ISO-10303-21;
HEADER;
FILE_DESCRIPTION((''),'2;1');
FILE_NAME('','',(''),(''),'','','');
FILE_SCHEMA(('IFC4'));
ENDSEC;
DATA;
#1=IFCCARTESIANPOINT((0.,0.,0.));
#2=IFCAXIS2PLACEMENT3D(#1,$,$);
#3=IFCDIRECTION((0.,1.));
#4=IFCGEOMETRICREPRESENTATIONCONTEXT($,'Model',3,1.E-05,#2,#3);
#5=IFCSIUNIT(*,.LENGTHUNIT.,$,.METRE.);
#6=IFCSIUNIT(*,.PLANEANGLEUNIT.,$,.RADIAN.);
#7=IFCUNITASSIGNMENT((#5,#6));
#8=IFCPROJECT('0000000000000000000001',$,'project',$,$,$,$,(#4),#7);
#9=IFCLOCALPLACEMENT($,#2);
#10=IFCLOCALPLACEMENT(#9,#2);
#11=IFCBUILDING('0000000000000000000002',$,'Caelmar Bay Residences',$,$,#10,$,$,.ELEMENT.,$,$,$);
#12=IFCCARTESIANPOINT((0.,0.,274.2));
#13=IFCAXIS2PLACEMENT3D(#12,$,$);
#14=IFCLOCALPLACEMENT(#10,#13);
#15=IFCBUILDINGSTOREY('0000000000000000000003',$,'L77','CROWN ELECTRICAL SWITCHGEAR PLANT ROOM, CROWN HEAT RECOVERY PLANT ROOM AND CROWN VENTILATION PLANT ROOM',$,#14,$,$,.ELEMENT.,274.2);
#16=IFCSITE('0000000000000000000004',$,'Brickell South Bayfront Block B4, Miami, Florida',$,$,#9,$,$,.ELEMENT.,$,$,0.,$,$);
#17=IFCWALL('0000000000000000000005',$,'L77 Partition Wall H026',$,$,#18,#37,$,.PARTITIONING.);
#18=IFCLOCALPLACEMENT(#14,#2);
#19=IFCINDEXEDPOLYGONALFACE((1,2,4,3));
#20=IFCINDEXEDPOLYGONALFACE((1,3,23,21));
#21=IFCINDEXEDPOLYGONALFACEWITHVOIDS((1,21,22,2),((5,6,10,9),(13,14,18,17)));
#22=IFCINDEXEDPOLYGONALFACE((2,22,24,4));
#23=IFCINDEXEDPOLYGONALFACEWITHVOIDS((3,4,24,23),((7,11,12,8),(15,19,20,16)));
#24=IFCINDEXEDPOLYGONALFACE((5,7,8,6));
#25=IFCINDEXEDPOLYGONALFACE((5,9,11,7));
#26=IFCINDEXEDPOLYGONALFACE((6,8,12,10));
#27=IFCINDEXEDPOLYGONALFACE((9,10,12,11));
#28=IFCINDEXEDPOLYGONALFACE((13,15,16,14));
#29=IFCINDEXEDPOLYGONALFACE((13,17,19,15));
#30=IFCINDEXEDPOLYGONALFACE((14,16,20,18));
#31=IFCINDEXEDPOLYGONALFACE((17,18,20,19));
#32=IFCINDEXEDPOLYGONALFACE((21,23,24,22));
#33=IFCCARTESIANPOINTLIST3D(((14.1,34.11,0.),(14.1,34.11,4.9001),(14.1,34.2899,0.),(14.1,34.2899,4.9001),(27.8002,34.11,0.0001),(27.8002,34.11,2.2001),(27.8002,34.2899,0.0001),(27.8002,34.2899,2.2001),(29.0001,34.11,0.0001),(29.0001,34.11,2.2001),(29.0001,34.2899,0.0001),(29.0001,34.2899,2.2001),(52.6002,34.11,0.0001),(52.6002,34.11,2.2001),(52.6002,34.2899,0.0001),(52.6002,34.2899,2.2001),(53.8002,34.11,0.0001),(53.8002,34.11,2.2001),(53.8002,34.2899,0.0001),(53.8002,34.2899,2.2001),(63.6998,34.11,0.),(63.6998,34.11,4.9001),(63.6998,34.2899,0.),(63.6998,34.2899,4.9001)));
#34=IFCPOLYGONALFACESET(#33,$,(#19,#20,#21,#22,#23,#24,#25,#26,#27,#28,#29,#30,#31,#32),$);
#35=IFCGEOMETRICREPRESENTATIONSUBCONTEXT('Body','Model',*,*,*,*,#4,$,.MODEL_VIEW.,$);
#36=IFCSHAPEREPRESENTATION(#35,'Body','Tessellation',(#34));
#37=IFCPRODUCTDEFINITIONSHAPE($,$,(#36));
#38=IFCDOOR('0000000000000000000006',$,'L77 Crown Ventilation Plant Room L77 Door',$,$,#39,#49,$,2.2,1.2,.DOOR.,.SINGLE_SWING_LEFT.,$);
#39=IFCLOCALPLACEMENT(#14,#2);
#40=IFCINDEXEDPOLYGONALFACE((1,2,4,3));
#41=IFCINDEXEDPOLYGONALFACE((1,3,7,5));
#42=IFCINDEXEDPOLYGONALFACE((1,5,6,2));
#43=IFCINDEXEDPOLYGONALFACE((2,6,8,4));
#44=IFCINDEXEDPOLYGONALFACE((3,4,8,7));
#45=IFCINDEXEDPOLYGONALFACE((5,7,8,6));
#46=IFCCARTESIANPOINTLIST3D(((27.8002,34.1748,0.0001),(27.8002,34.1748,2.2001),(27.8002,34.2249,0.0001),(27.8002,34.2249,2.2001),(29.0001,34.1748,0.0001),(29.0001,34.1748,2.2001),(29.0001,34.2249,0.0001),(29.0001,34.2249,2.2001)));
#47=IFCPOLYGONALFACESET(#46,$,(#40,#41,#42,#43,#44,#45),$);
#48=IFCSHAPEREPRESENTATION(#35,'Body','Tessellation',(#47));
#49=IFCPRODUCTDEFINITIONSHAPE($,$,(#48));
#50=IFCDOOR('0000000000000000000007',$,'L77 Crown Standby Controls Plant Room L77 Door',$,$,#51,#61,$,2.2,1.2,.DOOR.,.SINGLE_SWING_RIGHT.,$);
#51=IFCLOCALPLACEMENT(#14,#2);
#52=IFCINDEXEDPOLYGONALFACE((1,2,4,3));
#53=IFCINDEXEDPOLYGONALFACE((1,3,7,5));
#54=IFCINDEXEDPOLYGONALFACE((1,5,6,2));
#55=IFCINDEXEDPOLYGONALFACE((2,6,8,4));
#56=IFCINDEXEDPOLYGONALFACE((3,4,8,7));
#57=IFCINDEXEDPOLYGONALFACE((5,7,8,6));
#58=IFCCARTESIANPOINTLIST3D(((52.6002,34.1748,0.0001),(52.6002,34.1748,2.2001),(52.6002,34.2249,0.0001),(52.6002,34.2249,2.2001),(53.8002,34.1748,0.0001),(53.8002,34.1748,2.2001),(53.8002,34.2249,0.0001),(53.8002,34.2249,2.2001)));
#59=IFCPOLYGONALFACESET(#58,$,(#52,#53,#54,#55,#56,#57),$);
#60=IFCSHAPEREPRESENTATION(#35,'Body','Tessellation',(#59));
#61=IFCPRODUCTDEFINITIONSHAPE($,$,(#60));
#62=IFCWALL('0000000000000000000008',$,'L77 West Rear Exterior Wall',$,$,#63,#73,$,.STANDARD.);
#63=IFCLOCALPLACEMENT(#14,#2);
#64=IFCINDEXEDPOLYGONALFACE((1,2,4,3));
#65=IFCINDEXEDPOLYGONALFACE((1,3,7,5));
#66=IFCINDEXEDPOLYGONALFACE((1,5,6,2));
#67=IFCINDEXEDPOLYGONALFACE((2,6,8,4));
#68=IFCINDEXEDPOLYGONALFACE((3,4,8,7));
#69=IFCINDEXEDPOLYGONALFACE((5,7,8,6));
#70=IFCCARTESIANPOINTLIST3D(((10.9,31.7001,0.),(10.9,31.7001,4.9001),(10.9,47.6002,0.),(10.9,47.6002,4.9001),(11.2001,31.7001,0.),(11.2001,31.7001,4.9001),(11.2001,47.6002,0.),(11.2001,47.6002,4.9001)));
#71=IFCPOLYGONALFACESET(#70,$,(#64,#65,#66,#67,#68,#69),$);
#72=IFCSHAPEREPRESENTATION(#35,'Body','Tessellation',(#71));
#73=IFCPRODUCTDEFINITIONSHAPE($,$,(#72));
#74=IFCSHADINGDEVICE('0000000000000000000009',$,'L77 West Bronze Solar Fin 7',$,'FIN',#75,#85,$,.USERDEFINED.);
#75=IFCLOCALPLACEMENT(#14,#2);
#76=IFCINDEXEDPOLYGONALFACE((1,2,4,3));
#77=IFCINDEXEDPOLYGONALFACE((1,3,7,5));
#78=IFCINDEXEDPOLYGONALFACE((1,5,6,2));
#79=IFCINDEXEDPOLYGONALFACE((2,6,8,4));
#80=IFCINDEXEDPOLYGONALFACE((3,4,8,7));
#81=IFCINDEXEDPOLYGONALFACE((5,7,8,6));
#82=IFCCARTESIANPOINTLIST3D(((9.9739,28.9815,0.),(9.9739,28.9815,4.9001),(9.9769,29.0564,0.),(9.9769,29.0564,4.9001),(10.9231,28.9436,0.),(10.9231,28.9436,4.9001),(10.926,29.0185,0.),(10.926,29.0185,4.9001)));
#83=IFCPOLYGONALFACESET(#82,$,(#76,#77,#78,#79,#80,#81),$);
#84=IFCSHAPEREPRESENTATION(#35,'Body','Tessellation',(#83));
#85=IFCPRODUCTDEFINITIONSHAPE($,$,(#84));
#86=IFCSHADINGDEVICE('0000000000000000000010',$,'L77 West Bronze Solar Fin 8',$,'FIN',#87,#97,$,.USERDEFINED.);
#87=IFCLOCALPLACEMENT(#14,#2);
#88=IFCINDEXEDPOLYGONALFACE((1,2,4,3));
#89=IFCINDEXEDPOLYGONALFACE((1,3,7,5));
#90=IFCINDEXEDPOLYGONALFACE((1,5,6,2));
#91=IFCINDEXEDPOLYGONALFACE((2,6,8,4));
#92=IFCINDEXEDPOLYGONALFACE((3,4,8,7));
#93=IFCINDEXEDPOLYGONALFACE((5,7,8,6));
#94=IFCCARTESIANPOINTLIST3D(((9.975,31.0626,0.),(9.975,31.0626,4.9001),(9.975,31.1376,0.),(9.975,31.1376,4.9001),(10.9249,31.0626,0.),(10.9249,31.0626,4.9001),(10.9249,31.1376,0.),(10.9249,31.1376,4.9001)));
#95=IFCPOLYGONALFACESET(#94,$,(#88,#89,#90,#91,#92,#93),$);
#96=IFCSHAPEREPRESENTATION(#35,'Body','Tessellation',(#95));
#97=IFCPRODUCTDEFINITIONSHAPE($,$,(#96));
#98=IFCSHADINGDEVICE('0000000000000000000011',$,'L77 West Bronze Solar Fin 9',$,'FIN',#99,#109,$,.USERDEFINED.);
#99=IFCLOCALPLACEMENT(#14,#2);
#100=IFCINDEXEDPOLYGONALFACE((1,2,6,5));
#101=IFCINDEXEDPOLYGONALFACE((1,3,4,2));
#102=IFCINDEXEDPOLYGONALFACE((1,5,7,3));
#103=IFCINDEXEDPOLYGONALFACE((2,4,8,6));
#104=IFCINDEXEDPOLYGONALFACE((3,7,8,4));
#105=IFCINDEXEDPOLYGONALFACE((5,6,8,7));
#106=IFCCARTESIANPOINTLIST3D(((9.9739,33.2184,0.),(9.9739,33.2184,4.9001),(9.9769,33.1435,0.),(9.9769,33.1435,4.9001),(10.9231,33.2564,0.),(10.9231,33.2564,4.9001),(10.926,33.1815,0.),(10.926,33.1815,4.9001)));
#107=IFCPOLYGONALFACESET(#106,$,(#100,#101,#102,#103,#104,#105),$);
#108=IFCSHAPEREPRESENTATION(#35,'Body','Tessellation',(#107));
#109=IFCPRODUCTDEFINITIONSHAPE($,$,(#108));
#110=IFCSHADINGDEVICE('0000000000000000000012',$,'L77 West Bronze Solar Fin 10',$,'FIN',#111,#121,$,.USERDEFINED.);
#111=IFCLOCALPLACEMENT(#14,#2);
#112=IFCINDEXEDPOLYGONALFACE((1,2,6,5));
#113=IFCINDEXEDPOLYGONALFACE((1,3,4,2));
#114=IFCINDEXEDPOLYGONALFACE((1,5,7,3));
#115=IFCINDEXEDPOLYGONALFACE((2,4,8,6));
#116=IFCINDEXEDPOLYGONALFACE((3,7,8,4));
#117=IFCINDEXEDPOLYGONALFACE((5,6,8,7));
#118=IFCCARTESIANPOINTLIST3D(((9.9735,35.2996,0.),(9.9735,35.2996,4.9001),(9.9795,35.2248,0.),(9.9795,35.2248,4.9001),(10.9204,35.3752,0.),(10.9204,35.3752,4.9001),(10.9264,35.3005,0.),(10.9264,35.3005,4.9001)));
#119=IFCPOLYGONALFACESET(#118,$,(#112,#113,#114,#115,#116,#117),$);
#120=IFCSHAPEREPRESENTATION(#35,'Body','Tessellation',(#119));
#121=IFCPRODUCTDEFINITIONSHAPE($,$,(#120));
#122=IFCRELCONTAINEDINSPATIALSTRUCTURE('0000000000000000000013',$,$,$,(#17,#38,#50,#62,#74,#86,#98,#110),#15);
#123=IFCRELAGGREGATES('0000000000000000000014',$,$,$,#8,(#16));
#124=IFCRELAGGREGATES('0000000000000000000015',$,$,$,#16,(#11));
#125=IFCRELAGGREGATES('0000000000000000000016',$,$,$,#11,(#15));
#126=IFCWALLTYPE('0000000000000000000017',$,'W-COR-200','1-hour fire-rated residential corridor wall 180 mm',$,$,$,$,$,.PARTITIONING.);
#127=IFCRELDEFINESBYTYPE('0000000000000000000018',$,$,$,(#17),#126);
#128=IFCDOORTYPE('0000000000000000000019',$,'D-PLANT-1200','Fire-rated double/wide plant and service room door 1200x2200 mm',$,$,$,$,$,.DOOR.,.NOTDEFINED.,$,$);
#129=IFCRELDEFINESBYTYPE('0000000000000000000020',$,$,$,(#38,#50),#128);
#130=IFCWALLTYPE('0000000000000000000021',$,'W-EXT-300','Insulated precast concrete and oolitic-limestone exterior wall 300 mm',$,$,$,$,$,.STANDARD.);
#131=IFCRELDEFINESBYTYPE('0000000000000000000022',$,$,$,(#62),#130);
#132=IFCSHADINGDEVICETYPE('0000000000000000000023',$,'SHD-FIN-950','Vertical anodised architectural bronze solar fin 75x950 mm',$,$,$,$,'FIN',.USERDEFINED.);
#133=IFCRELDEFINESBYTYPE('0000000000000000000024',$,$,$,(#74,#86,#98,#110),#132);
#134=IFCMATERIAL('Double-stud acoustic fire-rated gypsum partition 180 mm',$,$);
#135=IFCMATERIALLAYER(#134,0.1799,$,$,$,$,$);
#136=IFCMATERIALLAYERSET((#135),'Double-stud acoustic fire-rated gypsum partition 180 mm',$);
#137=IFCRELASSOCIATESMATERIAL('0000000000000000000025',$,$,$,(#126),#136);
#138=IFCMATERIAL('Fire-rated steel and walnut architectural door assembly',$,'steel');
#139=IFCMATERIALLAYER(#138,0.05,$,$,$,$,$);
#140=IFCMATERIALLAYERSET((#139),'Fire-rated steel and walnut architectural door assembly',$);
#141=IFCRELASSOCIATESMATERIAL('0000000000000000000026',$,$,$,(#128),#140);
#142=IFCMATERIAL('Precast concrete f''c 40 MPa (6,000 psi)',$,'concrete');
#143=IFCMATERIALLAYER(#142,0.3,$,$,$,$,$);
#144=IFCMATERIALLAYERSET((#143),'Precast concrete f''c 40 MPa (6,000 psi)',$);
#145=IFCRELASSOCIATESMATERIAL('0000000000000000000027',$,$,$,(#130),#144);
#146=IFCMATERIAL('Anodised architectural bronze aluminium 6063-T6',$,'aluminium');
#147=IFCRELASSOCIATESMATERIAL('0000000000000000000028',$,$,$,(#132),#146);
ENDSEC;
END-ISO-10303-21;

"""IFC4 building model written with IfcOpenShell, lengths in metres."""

from ifc_helpers import new_model, si_unit, direction, frame, frame_2d, origin, origin_2d, place, context, subcontext, project, spatial, rectangle, extrude, material, layer, layer_set, material_profile, profile_set, type_object, element, fill, save


model = new_model("IFC4")

# Units and contexts
model_context = context("Model", 3, precision=1e-05, world=origin(), true_north=direction((0.0, 1.0)))
body_context = subcontext(model_context, "Body", "Model", "MODEL_VIEW")
ifc_project = project(units=[si_unit("LENGTHUNIT", "METRE"), si_unit("PLANEANGLEUNIT", "RADIAN")], contexts=[model_context])

# Site, building, storey
site_placement = place(None, origin())
site = spatial("IfcSite", under=ifc_project, at=site_placement, Name="Brickell South Bayfront Block B4, Miami, Florida", CompositionType="ELEMENT", RefElevation=0.0)
building_placement = place(site_placement, origin())
building = spatial("IfcBuilding", under=site, at=building_placement, Name="Caelmar Bay Residences", CompositionType="ELEMENT")
storey_placement = place(building_placement, frame((0.0, 0.0, 274.2)))
storey = spatial("IfcBuildingStorey", under=building, at=storey_placement, Name="L77", Description="CROWN ELECTRICAL SWITCHGEAR PLANT ROOM, CROWN HEAT RECOVERY PLANT ROOM AND CROWN VENTILATION PLANT ROOM", CompositionType="ELEMENT", Elevation=274.2)

# Shared definitions
ifc_material_1 = material(Name="Double-stud acoustic fire-rated gypsum partition 180 mm")
ifc_layer_1 = layer(ifc_material_1, 0.1799)
ifc_layer_set_1 = layer_set([ifc_layer_1], Name="Double-stud acoustic fire-rated gypsum partition 180 mm")
wall_type_1 = type_object("IfcWallType", Name="W-COR-200", Description="1-hour fire-rated residential corridor wall 180 mm", PredefinedType="PARTITIONING", material=ifc_layer_set_1)

# Shared definitions
ifc_material_2 = material(Name="Fire-rated steel and walnut architectural door assembly", Category="steel")
ifc_layer_2 = layer(ifc_material_2, 0.05)
ifc_layer_set_2 = layer_set([ifc_layer_2], Name="Fire-rated steel and walnut architectural door assembly")
door_type = type_object("IfcDoorType", Name="D-PLANT-1200", Description="Fire-rated double/wide plant and service room door 1200x2200 mm", OperationType="NOTDEFINED", PredefinedType="DOOR", material=ifc_layer_set_2)

# Wall, openings, doors
wall_1_placement = place(storey_placement, frame((14.1001, 34.2, 0.0), z_axis=(0.0, 0.0, 1.0), x_axis=(1.0, 0.0, 0.0)))
wall_1 = element("IfcWall", 1, at=wall_1_placement, inside=storey, type_object=wall_type_1, Name="L77 Partition Wall H026", PredefinedType="PARTITIONING", context=body_context, shape_type="SweptSolid", body=[
    extrude(rectangle(XDim=49.5999, YDim=0.1799, at=frame_2d((24.7998, 0.0))), origin(), (0.0, 0.0, 1.0), 4.9001),
])
opening_1_placement = place(wall_1_placement, frame((13.7, 0.0, 0.0)))
opening_1 = element("IfcOpeningElement", 2, at=opening_1_placement, cuts=wall_1, PredefinedType="OPENING", context=body_context, shape_type="SweptSolid", body=[
    extrude(rectangle(XDim=1.2, YDim=2.2, at=frame_2d((0.6001, 1.1001))), frame((0.0, 0.0999, 0.0), z_axis=(0.0, -1.0, 0.0), x_axis=(1.0, 0.0, 0.0)), (0.0, 0.0, 1.0), 0.2),
])
opening_2_placement = place(wall_1_placement, frame((38.5, 0.0, 0.0)))
opening_2 = element("IfcOpeningElement", 3, at=opening_2_placement, cuts=wall_1, PredefinedType="OPENING", context=body_context, shape_type="SweptSolid", body=[
    extrude(rectangle(XDim=1.2, YDim=2.2, at=frame_2d((0.6001, 1.1001))), frame((0.0, 0.0999, 0.0), z_axis=(0.0, -1.0, 0.0), x_axis=(1.0, 0.0, 0.0)), (0.0, 0.0, 1.0), 0.2),
])
door_1_placement = place(opening_1_placement, origin())
door_1 = element("IfcDoor", 4, at=door_1_placement, inside=storey, type_object=door_type, Name="L77 Crown Ventilation Plant Room L77 Door", OperationType="SINGLE_SWING_LEFT", OverallHeight=2.2, OverallWidth=1.2, PredefinedType="DOOR", context=body_context, shape_type="SweptSolid", body=[
    extrude(rectangle(XDim=1.2, YDim=2.2, at=frame_2d((0.6001, 1.1001))), frame((0.0, 0.0249, 0.0), z_axis=(0.0, -1.0, 0.0), x_axis=(1.0, 0.0, 0.0)), (0.0, 0.0, 1.0), 0.05),
])
fill(opening_1, door_1)
door_2_placement = place(opening_2_placement, origin())
door_2 = element("IfcDoor", 5, at=door_2_placement, inside=storey, type_object=door_type, Name="L77 Crown Standby Controls Plant Room L77 Door", OperationType="SINGLE_SWING_RIGHT", OverallHeight=2.2, OverallWidth=1.2, PredefinedType="DOOR", context=body_context, shape_type="SweptSolid", body=[
    extrude(rectangle(XDim=1.2, YDim=2.2, at=frame_2d((0.6001, 1.1001))), frame((0.0, 0.0249, 0.0), z_axis=(0.0, -1.0, 0.0), x_axis=(1.0, 0.0, 0.0)), (0.0, 0.0, 1.0), 0.05),
])
fill(opening_2, door_2)

# Wall
ifc_material_3 = material(Name="Precast concrete f'c 40 MPa (6,000 psi)", Category="concrete")
ifc_layer_3 = layer(ifc_material_3, 0.3)
ifc_layer_set_3 = layer_set([ifc_layer_3], Name="Precast concrete f'c 40 MPa (6,000 psi)")
wall_type_2 = type_object("IfcWallType", Name="W-EXT-300", Description="Insulated precast concrete and oolitic-limestone exterior wall 300 mm", PredefinedType="STANDARD", material=ifc_layer_set_3)
wall_2_placement = place(storey_placement, frame((11.05, 31.7, 0.0), z_axis=(0.0, 0.0, 1.0), x_axis=(0.0, 1.0, 0.0)))
element("IfcWall", 6, at=wall_2_placement, inside=storey, type_object=wall_type_2, Name="L77 West Rear Exterior Wall", PredefinedType="STANDARD", context=body_context, shape_type="SweptSolid", body=[
    extrude(rectangle(XDim=15.9001, YDim=0.3, at=frame_2d((7.9502, 0.0))), origin(), (0.0, 0.0, 1.0), 4.9001),
])

# Shading devices
ifc_material_4 = material(Name="Anodised architectural bronze aluminium 6063-T6", Category="aluminium")
ifc_material_profile_1 = material_profile(ifc_material_4, rectangle(XDim=0.075, YDim=0.95, at=origin_2d()), Name="BRONZE-FIN-75X950")
ifc_profile_set_1 = profile_set([ifc_material_profile_1], Name="Anodised architectural bronze aluminium 6063-T6")
shading_device_type = type_object("IfcShadingDeviceType", Name="SHD-FIN-950", Description="Vertical anodised architectural bronze solar fin 75x950 mm", ElementType="FIN", PredefinedType="USERDEFINED", material=ifc_profile_set_1)
for number, where, z_axis, x_axis, name in (
    (7, (10.45, 29.0, 0.0), (0.0, 0.0, 1.0), (0.039957, 0.999201, 0.0), "L77 West Bronze Solar Fin 7"),
    (8, (10.45, 31.1001, 0.0), (0.0, 0.0, 1.0), (0.0, 1.0, 0.0), "L77 West Bronze Solar Fin 8"),
    (9, (10.45, 33.2, 0.0), (0.0, 0.0, 1.0), (-0.039957, 0.999201, 0.0), "L77 West Bronze Solar Fin 9"),
    (10, (10.45, 35.3, 0.0), (0.0, 0.0, 1.0), (-0.079677, 0.996821, 0.0), "L77 West Bronze Solar Fin 10"),
):
    element("IfcShadingDevice", number, at=place(storey_placement, frame(where, z_axis=z_axis, x_axis=x_axis)), inside=storey, type_object=shading_device_type, Name=name, ObjectType="FIN", PredefinedType="USERDEFINED", context=body_context, shape_type="SweptSolid", body=[
        extrude(rectangle(XDim=0.075, YDim=0.95, at=origin_2d()), origin(), (0.0, 0.0, 1.0), 4.9001),
    ])

save(model, "model.ifc")
